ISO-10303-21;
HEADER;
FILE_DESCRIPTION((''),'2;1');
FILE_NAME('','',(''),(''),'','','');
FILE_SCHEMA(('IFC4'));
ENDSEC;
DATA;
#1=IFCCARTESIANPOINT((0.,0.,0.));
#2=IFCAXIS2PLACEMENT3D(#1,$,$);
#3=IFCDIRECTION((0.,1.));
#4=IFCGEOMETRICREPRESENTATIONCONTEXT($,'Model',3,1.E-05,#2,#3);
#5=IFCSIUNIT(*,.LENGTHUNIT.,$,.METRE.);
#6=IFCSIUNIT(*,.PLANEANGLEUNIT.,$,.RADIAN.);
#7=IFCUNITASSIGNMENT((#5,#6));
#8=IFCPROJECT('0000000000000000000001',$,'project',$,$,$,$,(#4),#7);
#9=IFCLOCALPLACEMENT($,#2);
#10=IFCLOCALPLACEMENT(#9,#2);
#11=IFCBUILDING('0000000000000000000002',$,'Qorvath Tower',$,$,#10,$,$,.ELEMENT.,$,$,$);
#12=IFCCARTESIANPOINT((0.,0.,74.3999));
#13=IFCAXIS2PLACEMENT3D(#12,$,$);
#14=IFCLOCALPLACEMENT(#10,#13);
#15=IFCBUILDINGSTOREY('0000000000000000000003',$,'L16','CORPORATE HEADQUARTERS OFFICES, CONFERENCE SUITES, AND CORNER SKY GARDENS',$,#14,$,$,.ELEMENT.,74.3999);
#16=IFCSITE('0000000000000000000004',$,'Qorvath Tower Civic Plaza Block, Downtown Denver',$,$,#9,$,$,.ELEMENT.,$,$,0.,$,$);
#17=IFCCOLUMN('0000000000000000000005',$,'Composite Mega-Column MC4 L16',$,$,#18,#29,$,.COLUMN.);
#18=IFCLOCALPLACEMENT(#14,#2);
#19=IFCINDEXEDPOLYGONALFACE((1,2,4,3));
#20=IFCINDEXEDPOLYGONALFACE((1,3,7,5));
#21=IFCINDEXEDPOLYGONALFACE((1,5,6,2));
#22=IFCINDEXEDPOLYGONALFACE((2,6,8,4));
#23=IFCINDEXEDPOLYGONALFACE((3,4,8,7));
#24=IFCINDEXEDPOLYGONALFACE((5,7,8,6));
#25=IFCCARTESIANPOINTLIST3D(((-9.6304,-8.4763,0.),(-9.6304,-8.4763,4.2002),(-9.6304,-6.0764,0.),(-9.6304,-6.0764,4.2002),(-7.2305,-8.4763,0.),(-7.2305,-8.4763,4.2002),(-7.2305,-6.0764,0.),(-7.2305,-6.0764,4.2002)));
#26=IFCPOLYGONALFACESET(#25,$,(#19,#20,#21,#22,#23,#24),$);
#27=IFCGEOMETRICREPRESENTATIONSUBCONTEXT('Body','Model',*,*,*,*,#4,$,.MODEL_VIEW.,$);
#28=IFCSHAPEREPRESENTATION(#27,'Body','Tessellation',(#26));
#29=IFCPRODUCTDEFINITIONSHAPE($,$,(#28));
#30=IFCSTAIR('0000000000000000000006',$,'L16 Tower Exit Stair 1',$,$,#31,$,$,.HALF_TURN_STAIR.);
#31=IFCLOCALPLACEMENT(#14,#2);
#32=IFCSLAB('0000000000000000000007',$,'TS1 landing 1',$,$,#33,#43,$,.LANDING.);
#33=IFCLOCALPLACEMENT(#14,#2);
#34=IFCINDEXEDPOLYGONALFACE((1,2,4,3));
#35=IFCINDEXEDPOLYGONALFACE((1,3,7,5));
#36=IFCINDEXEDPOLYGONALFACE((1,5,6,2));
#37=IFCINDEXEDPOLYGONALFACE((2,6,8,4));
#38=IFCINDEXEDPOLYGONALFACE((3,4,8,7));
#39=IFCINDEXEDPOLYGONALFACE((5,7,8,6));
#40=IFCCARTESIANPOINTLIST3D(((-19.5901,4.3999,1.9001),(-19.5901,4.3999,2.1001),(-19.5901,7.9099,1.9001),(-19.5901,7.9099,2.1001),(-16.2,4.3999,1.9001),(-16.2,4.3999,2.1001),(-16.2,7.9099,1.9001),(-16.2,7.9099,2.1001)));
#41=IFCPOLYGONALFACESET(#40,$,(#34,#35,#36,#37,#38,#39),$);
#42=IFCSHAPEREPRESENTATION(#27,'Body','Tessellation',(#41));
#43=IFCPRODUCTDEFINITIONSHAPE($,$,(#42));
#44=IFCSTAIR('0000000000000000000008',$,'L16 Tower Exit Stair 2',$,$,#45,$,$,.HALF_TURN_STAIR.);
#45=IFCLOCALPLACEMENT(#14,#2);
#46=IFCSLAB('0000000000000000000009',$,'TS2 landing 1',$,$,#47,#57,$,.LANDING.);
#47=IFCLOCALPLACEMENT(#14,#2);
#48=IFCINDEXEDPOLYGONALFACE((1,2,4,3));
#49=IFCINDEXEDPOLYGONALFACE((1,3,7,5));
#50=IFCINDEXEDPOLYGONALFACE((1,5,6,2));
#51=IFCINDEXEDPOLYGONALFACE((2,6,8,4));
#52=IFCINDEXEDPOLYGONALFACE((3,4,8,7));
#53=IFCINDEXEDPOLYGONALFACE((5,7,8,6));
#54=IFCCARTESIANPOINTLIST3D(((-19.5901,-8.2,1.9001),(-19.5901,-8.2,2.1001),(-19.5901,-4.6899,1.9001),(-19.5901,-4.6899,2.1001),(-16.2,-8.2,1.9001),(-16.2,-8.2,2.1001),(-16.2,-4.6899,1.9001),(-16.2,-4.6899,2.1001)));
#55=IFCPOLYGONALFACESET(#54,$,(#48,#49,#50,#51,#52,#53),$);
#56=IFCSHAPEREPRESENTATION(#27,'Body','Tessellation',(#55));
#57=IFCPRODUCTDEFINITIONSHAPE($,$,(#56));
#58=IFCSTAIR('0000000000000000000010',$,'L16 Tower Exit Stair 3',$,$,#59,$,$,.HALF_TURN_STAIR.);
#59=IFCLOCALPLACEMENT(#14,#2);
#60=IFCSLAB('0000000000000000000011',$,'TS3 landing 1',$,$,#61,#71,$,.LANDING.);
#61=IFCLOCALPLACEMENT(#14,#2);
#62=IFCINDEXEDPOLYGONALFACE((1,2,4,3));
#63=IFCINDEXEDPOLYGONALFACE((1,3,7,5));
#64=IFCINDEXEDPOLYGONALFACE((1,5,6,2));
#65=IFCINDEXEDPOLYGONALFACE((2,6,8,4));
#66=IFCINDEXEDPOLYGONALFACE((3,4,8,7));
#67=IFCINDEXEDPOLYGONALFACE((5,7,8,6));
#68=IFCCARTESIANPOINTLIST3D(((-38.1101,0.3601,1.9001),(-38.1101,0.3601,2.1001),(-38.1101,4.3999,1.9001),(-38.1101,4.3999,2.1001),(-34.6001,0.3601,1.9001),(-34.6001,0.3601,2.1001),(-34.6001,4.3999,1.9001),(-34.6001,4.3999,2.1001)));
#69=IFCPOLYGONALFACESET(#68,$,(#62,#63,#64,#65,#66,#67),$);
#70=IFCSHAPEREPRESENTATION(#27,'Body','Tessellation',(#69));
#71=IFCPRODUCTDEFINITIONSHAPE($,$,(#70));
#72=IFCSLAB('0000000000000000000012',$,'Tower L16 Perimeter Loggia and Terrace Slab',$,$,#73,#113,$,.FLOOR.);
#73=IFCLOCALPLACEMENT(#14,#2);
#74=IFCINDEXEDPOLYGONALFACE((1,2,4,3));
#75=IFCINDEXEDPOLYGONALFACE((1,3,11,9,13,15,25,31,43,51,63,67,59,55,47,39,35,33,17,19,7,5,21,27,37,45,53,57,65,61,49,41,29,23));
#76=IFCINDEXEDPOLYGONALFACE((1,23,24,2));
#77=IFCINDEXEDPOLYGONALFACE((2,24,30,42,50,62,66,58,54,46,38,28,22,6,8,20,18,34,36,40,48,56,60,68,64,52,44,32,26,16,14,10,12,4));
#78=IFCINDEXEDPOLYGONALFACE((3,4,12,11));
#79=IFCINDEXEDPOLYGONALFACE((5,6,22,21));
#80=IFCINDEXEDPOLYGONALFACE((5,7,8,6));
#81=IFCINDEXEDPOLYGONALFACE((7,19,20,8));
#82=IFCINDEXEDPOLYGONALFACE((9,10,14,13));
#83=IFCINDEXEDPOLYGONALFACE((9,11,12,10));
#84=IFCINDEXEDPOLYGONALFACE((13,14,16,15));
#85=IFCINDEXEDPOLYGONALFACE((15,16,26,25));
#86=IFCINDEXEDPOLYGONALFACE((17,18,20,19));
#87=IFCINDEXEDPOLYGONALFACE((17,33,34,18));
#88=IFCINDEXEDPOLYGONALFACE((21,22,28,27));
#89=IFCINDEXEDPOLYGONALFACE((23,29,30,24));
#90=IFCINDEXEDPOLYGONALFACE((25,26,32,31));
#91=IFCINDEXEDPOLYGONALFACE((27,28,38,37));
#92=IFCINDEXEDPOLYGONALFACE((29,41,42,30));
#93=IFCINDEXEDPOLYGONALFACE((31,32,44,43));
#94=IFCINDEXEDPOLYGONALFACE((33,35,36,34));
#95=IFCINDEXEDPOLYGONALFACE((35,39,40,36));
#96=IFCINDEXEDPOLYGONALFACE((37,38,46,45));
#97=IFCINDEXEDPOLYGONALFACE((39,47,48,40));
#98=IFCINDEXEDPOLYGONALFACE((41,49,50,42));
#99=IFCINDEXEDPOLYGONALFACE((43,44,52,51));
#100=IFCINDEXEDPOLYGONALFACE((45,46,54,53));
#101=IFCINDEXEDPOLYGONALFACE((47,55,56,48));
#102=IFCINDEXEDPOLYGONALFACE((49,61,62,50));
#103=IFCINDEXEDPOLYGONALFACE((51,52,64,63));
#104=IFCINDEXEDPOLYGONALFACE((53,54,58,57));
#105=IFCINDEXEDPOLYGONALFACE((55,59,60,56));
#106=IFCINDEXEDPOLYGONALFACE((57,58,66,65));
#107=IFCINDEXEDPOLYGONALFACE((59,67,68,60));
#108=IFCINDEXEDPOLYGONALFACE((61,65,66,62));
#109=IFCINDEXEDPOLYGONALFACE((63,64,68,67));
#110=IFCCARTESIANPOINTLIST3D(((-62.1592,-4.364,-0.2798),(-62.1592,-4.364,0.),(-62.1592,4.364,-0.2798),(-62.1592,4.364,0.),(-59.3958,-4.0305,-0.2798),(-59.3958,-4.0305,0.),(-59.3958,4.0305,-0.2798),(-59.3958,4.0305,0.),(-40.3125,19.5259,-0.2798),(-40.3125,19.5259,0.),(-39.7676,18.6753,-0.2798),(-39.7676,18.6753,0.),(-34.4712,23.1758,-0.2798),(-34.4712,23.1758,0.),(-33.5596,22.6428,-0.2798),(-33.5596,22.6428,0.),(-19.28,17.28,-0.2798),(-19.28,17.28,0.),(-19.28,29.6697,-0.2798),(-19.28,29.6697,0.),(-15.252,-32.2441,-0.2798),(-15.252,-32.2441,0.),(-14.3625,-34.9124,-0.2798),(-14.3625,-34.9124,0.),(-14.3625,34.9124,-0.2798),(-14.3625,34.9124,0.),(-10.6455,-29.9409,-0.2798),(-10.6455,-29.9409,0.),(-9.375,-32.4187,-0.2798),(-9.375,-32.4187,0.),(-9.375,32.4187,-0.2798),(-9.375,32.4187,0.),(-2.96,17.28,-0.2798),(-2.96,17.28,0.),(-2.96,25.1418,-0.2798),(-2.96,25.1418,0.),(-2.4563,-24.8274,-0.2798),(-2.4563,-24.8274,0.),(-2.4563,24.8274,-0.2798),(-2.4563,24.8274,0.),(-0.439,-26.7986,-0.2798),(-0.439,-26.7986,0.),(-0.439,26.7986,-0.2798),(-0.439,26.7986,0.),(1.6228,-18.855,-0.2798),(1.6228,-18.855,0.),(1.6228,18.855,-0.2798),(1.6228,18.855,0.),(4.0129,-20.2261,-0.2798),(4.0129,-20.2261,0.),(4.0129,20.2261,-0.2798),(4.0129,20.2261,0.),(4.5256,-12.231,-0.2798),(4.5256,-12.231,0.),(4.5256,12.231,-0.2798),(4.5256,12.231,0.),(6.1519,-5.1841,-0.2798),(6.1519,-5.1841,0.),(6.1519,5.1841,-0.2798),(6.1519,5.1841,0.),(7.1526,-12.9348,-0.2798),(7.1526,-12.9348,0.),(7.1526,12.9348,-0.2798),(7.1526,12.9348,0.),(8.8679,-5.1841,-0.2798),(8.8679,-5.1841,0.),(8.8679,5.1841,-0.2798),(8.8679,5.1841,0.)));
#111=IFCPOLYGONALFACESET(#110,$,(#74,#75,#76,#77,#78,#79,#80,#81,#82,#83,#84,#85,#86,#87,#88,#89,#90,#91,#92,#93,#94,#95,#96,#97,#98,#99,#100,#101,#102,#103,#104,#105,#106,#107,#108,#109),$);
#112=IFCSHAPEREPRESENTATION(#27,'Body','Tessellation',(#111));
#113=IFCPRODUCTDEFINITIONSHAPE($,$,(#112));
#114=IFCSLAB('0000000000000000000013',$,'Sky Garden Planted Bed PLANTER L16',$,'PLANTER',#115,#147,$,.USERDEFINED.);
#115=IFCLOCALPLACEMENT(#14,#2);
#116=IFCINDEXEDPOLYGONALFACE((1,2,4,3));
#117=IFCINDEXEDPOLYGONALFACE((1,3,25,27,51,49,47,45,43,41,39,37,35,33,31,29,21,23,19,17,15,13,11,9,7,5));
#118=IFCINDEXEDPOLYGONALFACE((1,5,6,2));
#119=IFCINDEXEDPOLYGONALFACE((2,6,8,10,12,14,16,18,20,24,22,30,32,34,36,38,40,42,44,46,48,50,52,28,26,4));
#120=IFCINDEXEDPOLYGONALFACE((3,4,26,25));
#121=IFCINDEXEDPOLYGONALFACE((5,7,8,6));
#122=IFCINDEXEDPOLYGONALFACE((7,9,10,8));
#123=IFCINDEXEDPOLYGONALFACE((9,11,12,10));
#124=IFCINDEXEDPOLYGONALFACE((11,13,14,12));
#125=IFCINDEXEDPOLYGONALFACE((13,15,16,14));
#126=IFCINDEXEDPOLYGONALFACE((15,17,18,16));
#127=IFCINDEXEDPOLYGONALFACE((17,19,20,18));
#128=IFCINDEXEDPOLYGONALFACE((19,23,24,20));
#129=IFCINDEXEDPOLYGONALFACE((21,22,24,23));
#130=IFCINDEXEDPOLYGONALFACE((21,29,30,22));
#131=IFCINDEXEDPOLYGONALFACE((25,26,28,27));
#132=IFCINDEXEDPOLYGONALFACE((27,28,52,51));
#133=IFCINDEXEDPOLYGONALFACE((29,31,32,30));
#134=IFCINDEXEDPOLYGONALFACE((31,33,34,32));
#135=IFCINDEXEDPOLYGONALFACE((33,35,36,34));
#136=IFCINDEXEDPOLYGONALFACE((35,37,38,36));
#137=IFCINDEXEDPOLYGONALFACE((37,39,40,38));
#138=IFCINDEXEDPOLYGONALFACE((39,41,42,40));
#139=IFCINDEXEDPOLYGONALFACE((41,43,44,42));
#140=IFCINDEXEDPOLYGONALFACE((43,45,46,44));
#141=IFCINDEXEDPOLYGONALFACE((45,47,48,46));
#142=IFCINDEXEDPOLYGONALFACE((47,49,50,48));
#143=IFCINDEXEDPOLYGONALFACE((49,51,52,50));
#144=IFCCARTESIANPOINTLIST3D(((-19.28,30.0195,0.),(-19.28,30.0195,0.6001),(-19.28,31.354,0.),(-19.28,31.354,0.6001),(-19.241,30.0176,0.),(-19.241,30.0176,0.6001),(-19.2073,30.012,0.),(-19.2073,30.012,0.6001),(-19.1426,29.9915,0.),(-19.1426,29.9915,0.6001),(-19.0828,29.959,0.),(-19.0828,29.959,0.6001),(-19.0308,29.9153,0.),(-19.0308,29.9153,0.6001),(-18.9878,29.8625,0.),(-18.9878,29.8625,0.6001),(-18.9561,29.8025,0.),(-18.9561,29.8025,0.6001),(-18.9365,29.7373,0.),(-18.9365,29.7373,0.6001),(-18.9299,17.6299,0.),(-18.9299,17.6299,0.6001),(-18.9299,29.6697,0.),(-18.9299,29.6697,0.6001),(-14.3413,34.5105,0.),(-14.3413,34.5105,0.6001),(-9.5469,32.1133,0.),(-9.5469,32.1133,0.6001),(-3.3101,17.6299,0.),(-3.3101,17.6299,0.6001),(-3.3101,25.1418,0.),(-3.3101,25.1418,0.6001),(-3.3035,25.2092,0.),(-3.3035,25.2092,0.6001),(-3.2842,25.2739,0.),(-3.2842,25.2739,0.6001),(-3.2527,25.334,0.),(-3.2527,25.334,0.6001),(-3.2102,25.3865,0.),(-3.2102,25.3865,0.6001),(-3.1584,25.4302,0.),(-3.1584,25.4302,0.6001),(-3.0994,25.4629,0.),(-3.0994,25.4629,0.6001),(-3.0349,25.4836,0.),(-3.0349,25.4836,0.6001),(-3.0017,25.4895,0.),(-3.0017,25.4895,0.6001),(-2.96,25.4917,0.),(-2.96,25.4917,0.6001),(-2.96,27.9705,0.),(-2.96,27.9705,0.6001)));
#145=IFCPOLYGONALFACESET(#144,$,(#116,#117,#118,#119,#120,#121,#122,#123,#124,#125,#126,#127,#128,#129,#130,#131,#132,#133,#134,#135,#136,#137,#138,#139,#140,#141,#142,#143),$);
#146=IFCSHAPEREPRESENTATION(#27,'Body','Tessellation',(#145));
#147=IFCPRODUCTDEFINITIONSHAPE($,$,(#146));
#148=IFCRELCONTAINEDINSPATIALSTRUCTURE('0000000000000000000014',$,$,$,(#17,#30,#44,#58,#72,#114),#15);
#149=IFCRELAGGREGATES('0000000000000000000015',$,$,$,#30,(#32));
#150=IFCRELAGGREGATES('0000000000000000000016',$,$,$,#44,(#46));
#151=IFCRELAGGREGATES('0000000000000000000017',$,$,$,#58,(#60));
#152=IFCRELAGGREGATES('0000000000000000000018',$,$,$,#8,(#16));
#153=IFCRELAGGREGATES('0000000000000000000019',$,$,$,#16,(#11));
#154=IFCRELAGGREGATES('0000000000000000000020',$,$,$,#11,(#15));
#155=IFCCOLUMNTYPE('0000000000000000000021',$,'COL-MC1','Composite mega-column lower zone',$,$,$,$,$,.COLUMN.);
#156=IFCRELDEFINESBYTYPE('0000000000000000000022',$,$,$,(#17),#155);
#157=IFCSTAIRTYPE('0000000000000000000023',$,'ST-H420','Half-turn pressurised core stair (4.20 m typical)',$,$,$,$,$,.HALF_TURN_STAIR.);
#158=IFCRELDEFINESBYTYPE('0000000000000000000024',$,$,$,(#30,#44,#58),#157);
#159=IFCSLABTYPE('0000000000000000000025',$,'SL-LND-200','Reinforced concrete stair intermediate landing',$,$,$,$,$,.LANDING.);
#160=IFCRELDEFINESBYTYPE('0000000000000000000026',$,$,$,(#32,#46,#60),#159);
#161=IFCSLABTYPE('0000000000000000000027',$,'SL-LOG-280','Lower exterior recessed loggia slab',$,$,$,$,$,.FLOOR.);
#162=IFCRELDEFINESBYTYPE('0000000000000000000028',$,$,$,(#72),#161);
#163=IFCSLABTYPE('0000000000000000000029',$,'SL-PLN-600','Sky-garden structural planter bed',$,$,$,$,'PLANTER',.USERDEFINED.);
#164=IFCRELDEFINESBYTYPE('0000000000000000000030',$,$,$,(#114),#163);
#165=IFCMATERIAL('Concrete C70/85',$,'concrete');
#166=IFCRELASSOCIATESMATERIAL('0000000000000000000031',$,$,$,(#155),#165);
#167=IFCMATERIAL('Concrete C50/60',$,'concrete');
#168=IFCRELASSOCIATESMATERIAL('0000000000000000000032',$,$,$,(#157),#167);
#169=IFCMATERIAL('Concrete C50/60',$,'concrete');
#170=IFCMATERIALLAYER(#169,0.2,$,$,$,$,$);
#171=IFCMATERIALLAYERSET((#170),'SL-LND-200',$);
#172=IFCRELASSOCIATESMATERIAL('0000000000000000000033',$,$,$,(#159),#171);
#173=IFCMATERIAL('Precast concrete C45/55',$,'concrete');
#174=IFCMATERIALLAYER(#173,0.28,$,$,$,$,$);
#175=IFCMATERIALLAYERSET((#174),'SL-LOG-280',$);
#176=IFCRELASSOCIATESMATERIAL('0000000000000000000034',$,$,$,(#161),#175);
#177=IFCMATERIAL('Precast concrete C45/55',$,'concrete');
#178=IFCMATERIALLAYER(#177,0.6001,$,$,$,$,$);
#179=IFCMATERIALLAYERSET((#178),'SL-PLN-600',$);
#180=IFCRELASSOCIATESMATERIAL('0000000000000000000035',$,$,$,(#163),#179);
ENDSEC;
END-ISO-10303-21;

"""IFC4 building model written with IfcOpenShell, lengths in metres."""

from ifc_helpers import new_model, si_unit, direction, frame, origin, origin_2d, place, context, subcontext, project, spatial, polyline, rectangle, outline, extrude, material, layer, layer_set, material_profile, profile_set, type_object, element, aggregate, save


model = new_model("IFC4")

# Units and contexts
model_context = context("Model", 3, precision=1e-05, world=origin(), true_north=direction((0.0, 1.0)))
body_context = subcontext(model_context, "Body", "Model", "MODEL_VIEW")
ifc_project = project(units=[si_unit("LENGTHUNIT", "METRE"), si_unit("PLANEANGLEUNIT", "RADIAN")], contexts=[model_context])

# Site, building, storey
site_placement = place(None, origin())
site = spatial("IfcSite", under=ifc_project, at=site_placement, Name="Qorvath Tower Civic Plaza Block, Downtown Denver", CompositionType="ELEMENT", RefElevation=0.0)
building_placement = place(site_placement, origin())
building = spatial("IfcBuilding", under=site, at=building_placement, Name="Qorvath Tower", CompositionType="ELEMENT")
storey_placement = place(building_placement, frame((0.0, 0.0, 74.3999)))
storey = spatial("IfcBuildingStorey", under=building, at=storey_placement, Name="L16", Description="CORPORATE HEADQUARTERS OFFICES, CONFERENCE SUITES, AND CORNER SKY GARDENS", CompositionType="ELEMENT", Elevation=74.3999)

# Column
ifc_material_1 = material(Name="Concrete C70/85", Category="concrete")
ifc_material_profile = material_profile(ifc_material_1, rectangle(XDim=2.3999, YDim=2.3999, at=origin_2d()), Name="MC 2400x2400")
ifc_profile_set = profile_set([ifc_material_profile], Name="Concrete C70/85")
column_type = type_object("IfcColumnType", Name="COL-MC1", Description="Composite mega-column lower zone", PredefinedType="COLUMN", material=ifc_profile_set)
column_placement = place(storey_placement, frame((-8.4304, -7.2764, 0.0), z_axis=(0.0, 0.0, 1.0), x_axis=(1.0, 0.0, 0.0)))
element("IfcColumn", 1, at=column_placement, inside=storey, type_object=column_type, Name="Composite Mega-Column MC4 L16", PredefinedType="COLUMN", context=body_context, shape_type="SweptSolid", body=[
    extrude(rectangle(XDim=2.3999, YDim=2.3999, at=origin_2d()), origin(), (0.0, 0.0, 1.0), 4.2002),
])

# Stairs, slabs
ifc_material_2 = material(Name="Concrete C50/60", Category="concrete")
stair_type = type_object("IfcStairType", Name="ST-H420", Description="Half-turn pressurised core stair (4.20 m typical)", PredefinedType="HALF_TURN_STAIR", material=ifc_material_2)
stair_1_placement = place(storey_placement, origin())
stair_1 = element("IfcStair", 2, at=stair_1_placement, inside=storey, type_object=stair_type, Name="L16 Tower Exit Stair 1", PredefinedType="HALF_TURN_STAIR")
ifc_material_3 = material(Name="Concrete C50/60", Category="concrete")
ifc_layer_1 = layer(ifc_material_3, 0.2)
ifc_layer_set_1 = layer_set([ifc_layer_1], Name="SL-LND-200")
slab_type_1 = type_object("IfcSlabType", Name="SL-LND-200", Description="Reinforced concrete stair intermediate landing", PredefinedType="LANDING", material=ifc_layer_set_1)
slab_1_placement = place(storey_placement, frame((0.0, 0.0, 1.9001)))
slab_1 = element("IfcSlab", 3, at=slab_1_placement, type_object=slab_type_1, Name="TS1 landing 1", PredefinedType="LANDING", context=body_context, shape_type="SweptSolid", body=[
    extrude(outline(polyline([(-19.5901, 4.3999), (-16.2, 4.3999), (-16.2, 7.9099), (-19.5901, 7.9099), (-19.5901, 4.3999)])), origin(), (0.0, 0.0, 1.0), 0.2),
])
aggregate(stair_1, [slab_1])
stair_2_placement = place(storey_placement, origin())
stair_2 = element("IfcStair", 4, at=stair_2_placement, inside=storey, type_object=stair_type, Name="L16 Tower Exit Stair 2", PredefinedType="HALF_TURN_STAIR")
slab_2_placement = place(storey_placement, frame((0.0, 0.0, 1.9001)))
slab_2 = element("IfcSlab", 5, at=slab_2_placement, type_object=slab_type_1, Name="TS2 landing 1", PredefinedType="LANDING", context=body_context, shape_type="SweptSolid", body=[
    extrude(outline(polyline([(-19.5901, -8.2), (-16.2, -8.2), (-16.2, -4.6899), (-19.5901, -4.6899), (-19.5901, -8.2)])), origin(), (0.0, 0.0, 1.0), 0.2),
])
aggregate(stair_2, [slab_2])
stair_3_placement = place(storey_placement, origin())
stair_3 = element("IfcStair", 6, at=stair_3_placement, inside=storey, type_object=stair_type, Name="L16 Tower Exit Stair 3", PredefinedType="HALF_TURN_STAIR")
slab_3_placement = place(storey_placement, frame((0.0, 0.0, 1.9001)))
slab_3 = element("IfcSlab", 7, at=slab_3_placement, type_object=slab_type_1, Name="TS3 landing 1", PredefinedType="LANDING", context=body_context, shape_type="SweptSolid", body=[
    extrude(outline(polyline([(-34.6001, 0.3601), (-34.6001, 4.3999), (-38.1101, 4.3999), (-38.1101, 0.3601), (-34.6001, 0.3601)])), origin(), (0.0, 0.0, 1.0), 0.2),
])
aggregate(stair_3, [slab_3])

# Slabs
ifc_material_4 = material(Name="Precast concrete C45/55", Category="concrete")
ifc_layer_2 = layer(ifc_material_4, 0.28)
ifc_layer_set_2 = layer_set([ifc_layer_2], Name="SL-LOG-280")
slab_type_2 = type_object("IfcSlabType", Name="SL-LOG-280", Description="Lower exterior recessed loggia slab", PredefinedType="FLOOR", material=ifc_layer_set_2)
slab_4_placement = place(storey_placement, frame((0.0, 0.0, -0.2798)))
element("IfcSlab", 8, at=slab_4_placement, inside=storey, type_object=slab_type_2, Name="Tower L16 Perimeter Loggia and Terrace Slab", PredefinedType="FLOOR", context=body_context, shape_type="SweptSolid", body=[
    extrude(outline(polyline([(-14.3625, 34.9124), (-33.5596, 22.6428), (-34.4712, 23.1758), (-40.3125, 19.5259), (-39.7676, 18.6753), (-62.1592, 4.364), (-62.1592, -4.364), (-14.3625, -34.9124), (-9.375, -32.4187), (-0.439, -26.7986), (4.0129, -20.2261), (7.1526, -12.9348), (8.8679, -5.1841), (6.1519, -5.1841), (4.5256, -12.231), (1.6228, -18.855), (-2.4563, -24.8274), (-10.6455, -29.9409), (-15.252, -32.2441), (-59.3958, -4.0305), (-59.3958, 4.0305), (-19.28, 29.6697), (-19.28, 17.28), (-2.96, 17.28), (-2.96, 25.1418), (-2.4563, 24.8274), (1.6228, 18.855), (4.5256, 12.231), (6.1519, 5.1841), (8.8679, 5.1841), (7.1526, 12.9348), (4.0129, 20.2261), (-0.439, 26.7986), (-9.375, 32.4187), (-14.3625, 34.9124)])), origin(), (0.0, 0.0, 1.0), 0.2798),
])
ifc_material_5 = material(Name="Precast concrete C45/55", Category="concrete")
ifc_layer_3 = layer(ifc_material_5, 0.6001)
ifc_layer_set_3 = layer_set([ifc_layer_3], Name="SL-PLN-600")
slab_type_3 = type_object("IfcSlabType", Name="SL-PLN-600", Description="Sky-garden structural planter bed", ElementType="PLANTER", PredefinedType="USERDEFINED", material=ifc_layer_set_3)
slab_5_placement = place(storey_placement, origin())
element("IfcSlab", 9, at=slab_5_placement, inside=storey, type_object=slab_type_3, Name="Sky Garden Planted Bed PLANTER L16", ObjectType="PLANTER", PredefinedType="USERDEFINED", context=body_context, shape_type="SweptSolid", body=[
    extrude(outline(polyline([(-2.96, 27.9705), (-9.5469, 32.1133), (-14.3413, 34.5105), (-19.28, 31.354), (-19.28, 30.0195), (-19.241, 30.0176), (-19.2073, 30.012), (-19.1426, 29.9915), (-19.0828, 29.959), (-19.0308, 29.9153), (-18.9878, 29.8625), (-18.9561, 29.8025), (-18.9365, 29.7373), (-18.9299, 29.6697), (-18.9299, 17.6299), (-3.3101, 17.6299), (-3.3101, 25.1418), (-3.3035, 25.2092), (-3.2842, 25.2739), (-3.2527, 25.334), (-3.2102, 25.3865), (-3.1584, 25.4302), (-3.0994, 25.4629), (-3.0349, 25.4836), (-3.0017, 25.4895), (-2.96, 25.4917), (-2.96, 27.9705)])), origin(), (0.0, 0.0, 1.0), 0.6001),
])

save(model, "model.ifc")
